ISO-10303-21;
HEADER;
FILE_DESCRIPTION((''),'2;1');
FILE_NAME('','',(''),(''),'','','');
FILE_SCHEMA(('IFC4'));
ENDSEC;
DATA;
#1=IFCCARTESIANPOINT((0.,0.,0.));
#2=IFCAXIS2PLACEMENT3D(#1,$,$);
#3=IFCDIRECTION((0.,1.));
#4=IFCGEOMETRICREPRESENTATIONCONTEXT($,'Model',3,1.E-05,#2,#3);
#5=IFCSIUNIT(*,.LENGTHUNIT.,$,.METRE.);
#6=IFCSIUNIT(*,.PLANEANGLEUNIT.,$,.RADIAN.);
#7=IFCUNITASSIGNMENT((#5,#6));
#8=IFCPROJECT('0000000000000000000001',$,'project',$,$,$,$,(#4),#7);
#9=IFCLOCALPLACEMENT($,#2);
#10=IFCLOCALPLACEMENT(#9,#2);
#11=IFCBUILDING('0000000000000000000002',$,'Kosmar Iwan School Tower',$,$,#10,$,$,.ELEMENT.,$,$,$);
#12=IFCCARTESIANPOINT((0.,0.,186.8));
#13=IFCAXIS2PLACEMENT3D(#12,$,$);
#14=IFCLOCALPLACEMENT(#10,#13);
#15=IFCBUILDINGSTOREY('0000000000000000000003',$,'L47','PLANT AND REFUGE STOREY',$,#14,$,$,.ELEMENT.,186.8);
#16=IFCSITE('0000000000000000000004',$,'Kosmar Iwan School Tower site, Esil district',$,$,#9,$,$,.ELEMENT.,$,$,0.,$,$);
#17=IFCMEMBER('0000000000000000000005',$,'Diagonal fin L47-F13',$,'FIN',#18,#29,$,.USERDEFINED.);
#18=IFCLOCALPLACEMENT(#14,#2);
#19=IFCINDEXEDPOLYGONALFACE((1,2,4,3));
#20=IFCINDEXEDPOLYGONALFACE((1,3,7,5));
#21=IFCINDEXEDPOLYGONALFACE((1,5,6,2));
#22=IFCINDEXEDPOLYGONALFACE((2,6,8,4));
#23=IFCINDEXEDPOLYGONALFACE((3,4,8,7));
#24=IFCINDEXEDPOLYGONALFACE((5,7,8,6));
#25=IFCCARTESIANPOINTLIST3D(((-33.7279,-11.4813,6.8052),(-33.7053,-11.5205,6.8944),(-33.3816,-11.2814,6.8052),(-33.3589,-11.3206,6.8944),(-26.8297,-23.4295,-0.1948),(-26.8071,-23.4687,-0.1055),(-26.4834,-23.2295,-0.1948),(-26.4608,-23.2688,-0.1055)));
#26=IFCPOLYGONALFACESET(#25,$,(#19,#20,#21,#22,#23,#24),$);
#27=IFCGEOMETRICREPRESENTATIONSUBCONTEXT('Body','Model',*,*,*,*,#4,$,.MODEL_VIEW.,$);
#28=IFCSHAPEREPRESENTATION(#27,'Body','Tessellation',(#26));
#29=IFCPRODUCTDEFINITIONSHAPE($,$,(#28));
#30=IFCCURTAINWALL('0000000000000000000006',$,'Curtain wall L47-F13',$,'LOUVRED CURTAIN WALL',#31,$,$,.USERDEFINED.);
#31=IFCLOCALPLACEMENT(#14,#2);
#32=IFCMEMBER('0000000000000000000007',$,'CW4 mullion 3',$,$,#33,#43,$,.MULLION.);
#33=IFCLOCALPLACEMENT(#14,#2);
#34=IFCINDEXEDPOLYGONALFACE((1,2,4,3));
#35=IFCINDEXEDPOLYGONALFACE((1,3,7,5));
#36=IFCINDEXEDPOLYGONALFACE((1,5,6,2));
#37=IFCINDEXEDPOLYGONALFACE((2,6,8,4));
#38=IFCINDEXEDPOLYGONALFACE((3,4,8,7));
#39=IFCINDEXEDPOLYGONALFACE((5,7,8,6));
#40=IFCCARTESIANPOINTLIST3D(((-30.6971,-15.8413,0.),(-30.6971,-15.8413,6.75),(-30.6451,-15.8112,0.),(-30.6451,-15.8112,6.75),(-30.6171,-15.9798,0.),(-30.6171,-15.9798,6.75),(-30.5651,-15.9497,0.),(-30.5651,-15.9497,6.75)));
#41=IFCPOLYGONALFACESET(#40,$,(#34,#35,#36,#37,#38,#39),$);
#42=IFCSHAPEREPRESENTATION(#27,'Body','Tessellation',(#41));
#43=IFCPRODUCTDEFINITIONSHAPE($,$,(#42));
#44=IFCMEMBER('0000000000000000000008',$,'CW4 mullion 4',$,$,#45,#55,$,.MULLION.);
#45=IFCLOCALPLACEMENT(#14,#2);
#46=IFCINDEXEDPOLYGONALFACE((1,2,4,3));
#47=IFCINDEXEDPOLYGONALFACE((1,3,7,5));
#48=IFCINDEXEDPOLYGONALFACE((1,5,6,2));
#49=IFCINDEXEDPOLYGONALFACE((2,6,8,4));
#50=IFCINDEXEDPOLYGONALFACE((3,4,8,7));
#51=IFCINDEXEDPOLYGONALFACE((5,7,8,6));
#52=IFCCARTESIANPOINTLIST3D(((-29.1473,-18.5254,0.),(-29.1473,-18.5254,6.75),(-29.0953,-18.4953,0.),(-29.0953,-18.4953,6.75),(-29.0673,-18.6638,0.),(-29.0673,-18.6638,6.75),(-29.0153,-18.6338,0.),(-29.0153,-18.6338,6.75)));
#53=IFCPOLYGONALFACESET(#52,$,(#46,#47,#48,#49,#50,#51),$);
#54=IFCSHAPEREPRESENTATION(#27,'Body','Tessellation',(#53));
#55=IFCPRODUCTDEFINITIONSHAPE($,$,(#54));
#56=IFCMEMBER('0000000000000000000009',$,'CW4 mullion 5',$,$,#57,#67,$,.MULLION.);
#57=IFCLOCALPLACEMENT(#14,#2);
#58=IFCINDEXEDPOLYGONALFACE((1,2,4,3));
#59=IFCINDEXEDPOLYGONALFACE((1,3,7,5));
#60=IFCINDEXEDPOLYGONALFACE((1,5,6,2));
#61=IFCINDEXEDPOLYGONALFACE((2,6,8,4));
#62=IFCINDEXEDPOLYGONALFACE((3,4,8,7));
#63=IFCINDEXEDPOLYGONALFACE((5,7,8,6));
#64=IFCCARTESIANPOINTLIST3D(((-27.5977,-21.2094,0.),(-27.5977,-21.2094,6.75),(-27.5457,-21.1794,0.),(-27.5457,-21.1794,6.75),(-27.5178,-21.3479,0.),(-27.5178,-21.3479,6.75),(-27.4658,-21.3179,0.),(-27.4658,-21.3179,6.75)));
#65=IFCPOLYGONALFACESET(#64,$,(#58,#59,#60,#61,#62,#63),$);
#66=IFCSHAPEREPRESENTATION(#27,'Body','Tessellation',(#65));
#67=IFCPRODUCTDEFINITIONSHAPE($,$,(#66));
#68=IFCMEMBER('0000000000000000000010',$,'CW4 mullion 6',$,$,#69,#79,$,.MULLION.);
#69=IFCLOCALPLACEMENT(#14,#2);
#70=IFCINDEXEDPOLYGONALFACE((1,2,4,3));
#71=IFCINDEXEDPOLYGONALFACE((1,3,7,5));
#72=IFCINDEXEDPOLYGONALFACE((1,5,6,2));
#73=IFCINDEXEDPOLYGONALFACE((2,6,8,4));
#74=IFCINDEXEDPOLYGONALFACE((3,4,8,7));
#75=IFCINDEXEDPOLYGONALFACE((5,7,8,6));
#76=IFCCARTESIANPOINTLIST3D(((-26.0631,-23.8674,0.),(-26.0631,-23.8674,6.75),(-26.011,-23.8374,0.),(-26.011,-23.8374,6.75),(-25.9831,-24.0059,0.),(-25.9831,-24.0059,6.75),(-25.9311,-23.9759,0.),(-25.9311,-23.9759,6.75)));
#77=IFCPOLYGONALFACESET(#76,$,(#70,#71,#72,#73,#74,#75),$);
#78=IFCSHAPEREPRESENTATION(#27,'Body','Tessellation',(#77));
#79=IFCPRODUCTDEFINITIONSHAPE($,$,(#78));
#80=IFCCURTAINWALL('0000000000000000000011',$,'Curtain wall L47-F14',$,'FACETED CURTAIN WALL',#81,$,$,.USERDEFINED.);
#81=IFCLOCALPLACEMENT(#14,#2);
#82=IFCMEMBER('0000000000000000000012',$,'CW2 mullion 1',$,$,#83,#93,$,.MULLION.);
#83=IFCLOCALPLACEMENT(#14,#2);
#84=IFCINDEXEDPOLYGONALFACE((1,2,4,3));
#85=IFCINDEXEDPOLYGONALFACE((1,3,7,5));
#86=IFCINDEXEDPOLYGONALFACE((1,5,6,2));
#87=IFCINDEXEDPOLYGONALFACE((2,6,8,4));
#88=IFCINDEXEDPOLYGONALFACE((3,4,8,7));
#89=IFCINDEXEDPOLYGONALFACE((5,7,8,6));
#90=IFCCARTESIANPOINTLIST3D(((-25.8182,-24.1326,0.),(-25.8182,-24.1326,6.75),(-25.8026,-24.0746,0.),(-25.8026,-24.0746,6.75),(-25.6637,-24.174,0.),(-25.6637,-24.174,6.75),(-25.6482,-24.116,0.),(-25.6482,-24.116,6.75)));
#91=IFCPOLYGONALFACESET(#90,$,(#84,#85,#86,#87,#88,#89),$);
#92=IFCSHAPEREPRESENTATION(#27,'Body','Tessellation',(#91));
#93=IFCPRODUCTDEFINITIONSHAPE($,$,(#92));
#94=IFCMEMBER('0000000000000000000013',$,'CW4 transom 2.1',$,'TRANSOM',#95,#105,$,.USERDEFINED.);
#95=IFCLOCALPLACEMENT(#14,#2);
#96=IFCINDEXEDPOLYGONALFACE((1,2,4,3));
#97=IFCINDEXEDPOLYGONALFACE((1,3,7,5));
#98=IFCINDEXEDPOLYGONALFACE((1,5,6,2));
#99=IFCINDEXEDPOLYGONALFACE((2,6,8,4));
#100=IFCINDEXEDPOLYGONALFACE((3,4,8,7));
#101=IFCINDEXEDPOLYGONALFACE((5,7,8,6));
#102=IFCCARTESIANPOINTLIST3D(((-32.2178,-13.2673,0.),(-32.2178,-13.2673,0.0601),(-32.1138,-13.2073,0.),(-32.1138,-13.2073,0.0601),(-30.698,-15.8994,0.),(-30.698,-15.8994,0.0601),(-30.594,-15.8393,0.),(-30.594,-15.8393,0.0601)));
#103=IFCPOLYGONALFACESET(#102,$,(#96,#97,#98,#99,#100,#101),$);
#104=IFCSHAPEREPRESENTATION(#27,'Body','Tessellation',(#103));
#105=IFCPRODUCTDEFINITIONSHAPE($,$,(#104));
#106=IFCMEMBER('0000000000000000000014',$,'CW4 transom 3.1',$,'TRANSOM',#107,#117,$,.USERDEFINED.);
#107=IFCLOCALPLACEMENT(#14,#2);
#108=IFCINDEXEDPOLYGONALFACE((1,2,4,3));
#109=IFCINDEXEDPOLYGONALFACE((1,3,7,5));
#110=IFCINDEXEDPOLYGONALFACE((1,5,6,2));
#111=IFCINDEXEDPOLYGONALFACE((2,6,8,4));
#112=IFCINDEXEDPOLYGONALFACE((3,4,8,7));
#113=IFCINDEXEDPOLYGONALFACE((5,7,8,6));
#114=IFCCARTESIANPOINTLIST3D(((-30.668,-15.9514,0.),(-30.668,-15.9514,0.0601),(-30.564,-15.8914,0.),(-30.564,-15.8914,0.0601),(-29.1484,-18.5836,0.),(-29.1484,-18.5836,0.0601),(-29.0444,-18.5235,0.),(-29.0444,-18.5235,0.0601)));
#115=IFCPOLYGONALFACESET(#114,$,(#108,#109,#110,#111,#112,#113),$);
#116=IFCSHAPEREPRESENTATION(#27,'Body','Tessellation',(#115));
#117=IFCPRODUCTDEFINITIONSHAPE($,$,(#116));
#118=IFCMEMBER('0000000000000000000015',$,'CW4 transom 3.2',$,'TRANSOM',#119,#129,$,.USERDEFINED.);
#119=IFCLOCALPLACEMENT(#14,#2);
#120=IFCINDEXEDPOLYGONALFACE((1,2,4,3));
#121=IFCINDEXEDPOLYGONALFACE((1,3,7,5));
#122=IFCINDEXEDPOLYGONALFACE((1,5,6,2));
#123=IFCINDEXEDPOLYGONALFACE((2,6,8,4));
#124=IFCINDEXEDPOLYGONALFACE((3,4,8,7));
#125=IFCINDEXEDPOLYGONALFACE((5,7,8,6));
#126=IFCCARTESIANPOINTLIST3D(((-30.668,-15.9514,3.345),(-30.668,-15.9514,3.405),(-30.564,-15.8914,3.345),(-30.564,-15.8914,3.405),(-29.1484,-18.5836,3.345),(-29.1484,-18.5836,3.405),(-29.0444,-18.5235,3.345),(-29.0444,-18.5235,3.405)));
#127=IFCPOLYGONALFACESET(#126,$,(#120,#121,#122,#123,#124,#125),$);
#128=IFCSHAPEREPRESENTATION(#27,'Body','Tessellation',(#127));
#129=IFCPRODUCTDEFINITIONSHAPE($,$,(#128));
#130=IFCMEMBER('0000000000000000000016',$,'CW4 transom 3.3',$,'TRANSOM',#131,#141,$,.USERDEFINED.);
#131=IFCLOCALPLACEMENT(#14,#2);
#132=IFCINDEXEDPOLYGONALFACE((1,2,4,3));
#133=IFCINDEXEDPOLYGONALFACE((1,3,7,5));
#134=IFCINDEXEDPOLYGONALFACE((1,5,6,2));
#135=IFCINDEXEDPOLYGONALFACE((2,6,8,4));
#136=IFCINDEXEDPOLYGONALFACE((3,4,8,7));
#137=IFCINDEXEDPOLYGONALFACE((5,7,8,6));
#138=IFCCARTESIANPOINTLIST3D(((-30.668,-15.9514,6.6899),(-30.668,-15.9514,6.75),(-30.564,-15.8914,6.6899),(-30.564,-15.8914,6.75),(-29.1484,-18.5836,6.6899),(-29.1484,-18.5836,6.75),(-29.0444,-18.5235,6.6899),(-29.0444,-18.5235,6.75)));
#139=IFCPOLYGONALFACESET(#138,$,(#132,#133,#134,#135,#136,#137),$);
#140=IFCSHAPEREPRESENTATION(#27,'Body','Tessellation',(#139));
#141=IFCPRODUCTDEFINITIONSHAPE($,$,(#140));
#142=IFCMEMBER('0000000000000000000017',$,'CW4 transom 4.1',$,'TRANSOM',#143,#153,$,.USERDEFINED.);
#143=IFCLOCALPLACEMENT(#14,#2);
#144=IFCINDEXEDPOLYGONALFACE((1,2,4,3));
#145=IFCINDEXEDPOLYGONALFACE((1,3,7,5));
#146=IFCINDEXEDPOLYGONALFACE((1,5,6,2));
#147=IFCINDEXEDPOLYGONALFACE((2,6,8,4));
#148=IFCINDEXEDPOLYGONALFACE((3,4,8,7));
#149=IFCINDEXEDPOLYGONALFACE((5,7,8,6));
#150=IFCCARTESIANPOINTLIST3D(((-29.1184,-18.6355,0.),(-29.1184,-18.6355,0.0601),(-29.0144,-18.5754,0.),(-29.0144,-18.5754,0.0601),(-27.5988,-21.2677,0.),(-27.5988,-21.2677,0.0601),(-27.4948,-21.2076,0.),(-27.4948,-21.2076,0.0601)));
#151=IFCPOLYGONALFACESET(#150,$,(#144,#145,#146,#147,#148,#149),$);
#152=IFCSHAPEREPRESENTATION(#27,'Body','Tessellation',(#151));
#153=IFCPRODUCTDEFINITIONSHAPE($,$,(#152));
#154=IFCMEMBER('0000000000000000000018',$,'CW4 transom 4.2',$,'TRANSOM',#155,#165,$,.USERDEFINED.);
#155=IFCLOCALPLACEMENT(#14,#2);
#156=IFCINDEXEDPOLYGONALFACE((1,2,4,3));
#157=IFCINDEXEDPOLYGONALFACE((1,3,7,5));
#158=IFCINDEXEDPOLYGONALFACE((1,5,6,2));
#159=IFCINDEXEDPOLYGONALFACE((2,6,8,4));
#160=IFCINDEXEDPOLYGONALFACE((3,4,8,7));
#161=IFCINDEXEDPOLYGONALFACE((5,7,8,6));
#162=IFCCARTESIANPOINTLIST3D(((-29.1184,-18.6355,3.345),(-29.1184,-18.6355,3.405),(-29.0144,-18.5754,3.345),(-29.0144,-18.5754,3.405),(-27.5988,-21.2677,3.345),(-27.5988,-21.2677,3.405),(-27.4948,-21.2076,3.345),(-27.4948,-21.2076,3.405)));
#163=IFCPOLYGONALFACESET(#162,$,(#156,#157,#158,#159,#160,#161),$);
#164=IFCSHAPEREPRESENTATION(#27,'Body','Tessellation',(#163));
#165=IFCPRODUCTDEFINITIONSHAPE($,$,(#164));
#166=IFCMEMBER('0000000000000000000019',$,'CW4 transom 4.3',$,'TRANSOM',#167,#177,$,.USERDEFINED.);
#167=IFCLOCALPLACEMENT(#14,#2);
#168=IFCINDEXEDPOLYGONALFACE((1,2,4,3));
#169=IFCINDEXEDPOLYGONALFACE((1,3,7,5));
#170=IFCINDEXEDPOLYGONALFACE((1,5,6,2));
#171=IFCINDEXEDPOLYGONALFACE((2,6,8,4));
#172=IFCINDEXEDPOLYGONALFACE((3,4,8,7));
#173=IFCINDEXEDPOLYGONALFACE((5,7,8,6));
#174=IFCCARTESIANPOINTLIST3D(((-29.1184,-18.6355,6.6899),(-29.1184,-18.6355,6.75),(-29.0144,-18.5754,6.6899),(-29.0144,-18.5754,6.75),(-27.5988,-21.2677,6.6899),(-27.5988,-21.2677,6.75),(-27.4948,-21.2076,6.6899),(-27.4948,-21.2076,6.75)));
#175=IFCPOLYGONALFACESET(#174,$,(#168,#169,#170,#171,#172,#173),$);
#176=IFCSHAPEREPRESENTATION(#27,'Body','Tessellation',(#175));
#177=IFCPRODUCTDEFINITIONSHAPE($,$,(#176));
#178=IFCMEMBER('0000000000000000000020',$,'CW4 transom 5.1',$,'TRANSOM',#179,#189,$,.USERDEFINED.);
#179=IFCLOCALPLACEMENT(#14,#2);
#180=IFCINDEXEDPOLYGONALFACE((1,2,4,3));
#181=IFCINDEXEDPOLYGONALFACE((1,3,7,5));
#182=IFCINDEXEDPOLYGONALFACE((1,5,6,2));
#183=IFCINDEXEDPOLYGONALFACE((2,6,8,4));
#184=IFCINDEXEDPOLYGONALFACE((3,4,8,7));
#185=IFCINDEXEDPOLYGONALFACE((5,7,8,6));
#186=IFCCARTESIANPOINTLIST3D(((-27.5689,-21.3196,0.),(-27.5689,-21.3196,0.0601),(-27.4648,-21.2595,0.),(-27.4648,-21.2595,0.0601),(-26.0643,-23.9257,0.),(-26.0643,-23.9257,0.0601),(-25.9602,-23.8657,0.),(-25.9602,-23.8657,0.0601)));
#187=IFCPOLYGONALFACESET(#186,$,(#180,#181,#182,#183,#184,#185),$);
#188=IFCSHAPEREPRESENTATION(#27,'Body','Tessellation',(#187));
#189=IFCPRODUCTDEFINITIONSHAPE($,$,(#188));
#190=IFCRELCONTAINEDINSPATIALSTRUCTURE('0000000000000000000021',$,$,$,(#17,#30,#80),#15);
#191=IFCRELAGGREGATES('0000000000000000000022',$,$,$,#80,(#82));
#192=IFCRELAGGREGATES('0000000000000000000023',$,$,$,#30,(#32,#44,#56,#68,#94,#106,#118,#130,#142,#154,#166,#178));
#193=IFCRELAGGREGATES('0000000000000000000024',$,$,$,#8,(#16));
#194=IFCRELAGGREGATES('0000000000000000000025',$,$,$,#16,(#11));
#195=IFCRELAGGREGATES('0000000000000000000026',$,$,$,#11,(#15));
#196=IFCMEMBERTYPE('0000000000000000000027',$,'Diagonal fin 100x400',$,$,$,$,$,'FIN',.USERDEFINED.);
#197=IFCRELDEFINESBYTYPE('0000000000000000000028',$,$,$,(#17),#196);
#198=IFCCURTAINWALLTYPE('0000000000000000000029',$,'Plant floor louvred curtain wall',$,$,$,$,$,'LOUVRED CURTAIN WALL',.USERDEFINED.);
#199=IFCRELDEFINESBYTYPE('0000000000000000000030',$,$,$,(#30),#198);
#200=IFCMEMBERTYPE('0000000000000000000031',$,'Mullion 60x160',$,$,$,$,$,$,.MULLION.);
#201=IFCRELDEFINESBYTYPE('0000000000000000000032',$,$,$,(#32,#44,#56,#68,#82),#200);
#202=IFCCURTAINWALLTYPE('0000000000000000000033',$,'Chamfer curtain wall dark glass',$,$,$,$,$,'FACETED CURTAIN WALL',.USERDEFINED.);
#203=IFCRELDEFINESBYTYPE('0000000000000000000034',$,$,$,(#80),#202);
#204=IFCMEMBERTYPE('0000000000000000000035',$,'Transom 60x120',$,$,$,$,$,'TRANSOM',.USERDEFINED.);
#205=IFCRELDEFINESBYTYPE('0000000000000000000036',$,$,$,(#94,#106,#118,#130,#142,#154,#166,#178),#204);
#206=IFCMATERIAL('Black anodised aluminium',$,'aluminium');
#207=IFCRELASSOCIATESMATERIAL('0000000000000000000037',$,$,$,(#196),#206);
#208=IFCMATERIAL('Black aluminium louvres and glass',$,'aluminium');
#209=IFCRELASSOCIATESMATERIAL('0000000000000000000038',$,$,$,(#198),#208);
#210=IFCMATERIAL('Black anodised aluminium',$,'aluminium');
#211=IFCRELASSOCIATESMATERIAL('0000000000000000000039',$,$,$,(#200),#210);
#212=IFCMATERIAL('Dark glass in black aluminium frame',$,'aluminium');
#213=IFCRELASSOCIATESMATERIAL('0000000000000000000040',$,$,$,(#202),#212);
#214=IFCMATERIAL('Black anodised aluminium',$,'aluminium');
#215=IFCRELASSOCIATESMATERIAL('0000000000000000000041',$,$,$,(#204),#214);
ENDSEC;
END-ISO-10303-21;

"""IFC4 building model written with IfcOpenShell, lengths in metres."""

from ifc_helpers import new_model, si_unit, direction, frame, origin, origin_2d, place, context, subcontext, project, spatial, rectangle, extrude, material, material_profile, profile_set, type_object, element, aggregate, save


model = new_model("IFC4")

# Units and contexts
model_context = context("Model", 3, precision=1e-05, world=origin(), true_north=direction((0.0, 1.0)))
body_context = subcontext(model_context, "Body", "Model", "MODEL_VIEW")
ifc_project = project(units=[si_unit("LENGTHUNIT", "METRE"), si_unit("PLANEANGLEUNIT", "RADIAN")], contexts=[model_context])

# Site, building, storey
site_placement = place(None, origin())
site = spatial("IfcSite", under=ifc_project, at=site_placement, Name="Kosmar Iwan School Tower site, Esil district", CompositionType="ELEMENT", RefElevation=0.0)
building_placement = place(site_placement, origin())
building = spatial("IfcBuilding", under=site, at=building_placement, Name="Kosmar Iwan School Tower", CompositionType="ELEMENT")
storey_placement = place(building_placement, frame((0.0, 0.0, 186.8)))
storey = spatial("IfcBuildingStorey", under=building, at=storey_placement, Name="L47", Description="PLANT AND REFUGE STOREY", CompositionType="ELEMENT", Elevation=186.8)

# Member
ifc_material_1 = material(Name="Black anodised aluminium", Category="aluminium")
ifc_material_profile_1 = material_profile(ifc_material_1, rectangle(XDim=0.1001, YDim=0.3999, at=origin_2d()), Name="FIN 100x400")
ifc_profile_set_1 = profile_set([ifc_material_profile_1], Name="Black anodised aluminium")
member_type_1 = type_object("IfcMemberType", Name="Diagonal fin 100x400", ElementType="FIN", PredefinedType="USERDEFINED", material=ifc_profile_set_1)
member_1_placement = place(storey_placement, frame((-26.6453, -23.3491, -0.1501), z_axis=(-0.445885, 0.772309, 0.452465), x_axis=(0.22623, -0.391848, 0.891782)))
element("IfcMember", 1, at=member_1_placement, inside=storey, type_object=member_type_1, Name="Diagonal fin L47-F13", ObjectType="FIN", PredefinedType="USERDEFINED", context=body_context, shape_type="SweptSolid", body=[
    extrude(rectangle(XDim=0.1001, YDim=0.3999, at=origin_2d()), origin(), (0.0, 0.0, 1.0), 15.4707),
])

# Curtain wall, members
ifc_material_2 = material(Name="Black aluminium louvres and glass", Category="aluminium")
curtain_wall_type_1 = type_object("IfcCurtainWallType", Name="Plant floor louvred curtain wall", ElementType="LOUVRED CURTAIN WALL", PredefinedType="USERDEFINED", material=ifc_material_2)
curtain_wall_1_placement = place(storey_placement, origin())
curtain_wall_1 = element("IfcCurtainWall", 2, at=curtain_wall_1_placement, inside=storey, type_object=curtain_wall_type_1, Name="Curtain wall L47-F13", ObjectType="LOUVRED CURTAIN WALL", PredefinedType="USERDEFINED")
ifc_material_3 = material(Name="Black anodised aluminium", Category="aluminium")
ifc_material_profile_2 = material_profile(ifc_material_3, rectangle(XDim=0.0601, YDim=0.1599, at=origin_2d()), Name="MULLION 60x160")
ifc_profile_set_2 = profile_set([ifc_material_profile_2], Name="Black anodised aluminium")
member_type_2 = type_object("IfcMemberType", Name="Mullion 60x160", PredefinedType="MULLION", material=ifc_profile_set_2)
member_2_placement = place(storey_placement, frame((-30.6311, -15.8955, 0.0), z_axis=(0.0, 0.0, 1.0), x_axis=(0.866025, 0.5, 0.0)))
member_2 = element("IfcMember", 3, at=member_2_placement, type_object=member_type_2, Name="CW4 mullion 3", PredefinedType="MULLION", context=body_context, shape_type="SweptSolid", body=[
    extrude(rectangle(XDim=0.0601, YDim=0.1599, at=origin_2d()), origin(), (0.0, 0.0, 1.0), 6.75),
])
member_3_placement = place(storey_placement, frame((-29.0813, -18.5796, 0.0), z_axis=(0.0, 0.0, 1.0), x_axis=(0.866025, 0.5, 0.0)))
member_3 = element("IfcMember", 4, at=member_3_placement, type_object=member_type_2, Name="CW4 mullion 4", PredefinedType="MULLION", context=body_context, shape_type="SweptSolid", body=[
    extrude(rectangle(XDim=0.0601, YDim=0.1599, at=origin_2d()), origin(), (0.0, 0.0, 1.0), 6.75),
])
member_4_placement = place(storey_placement, frame((-27.5317, -21.2637, 0.0), z_axis=(0.0, 0.0, 1.0), x_axis=(0.866025, 0.5, 0.0)))
member_4 = element("IfcMember", 5, at=member_4_placement, type_object=member_type_2, Name="CW4 mullion 5", PredefinedType="MULLION", context=body_context, shape_type="SweptSolid", body=[
    extrude(rectangle(XDim=0.0601, YDim=0.1599, at=origin_2d()), origin(), (0.0, 0.0, 1.0), 6.75),
])
member_5_placement = place(storey_placement, frame((-25.9971, -23.9216, 0.0), z_axis=(0.0, 0.0, 1.0), x_axis=(0.866025, 0.5, 0.0)))
member_5 = element("IfcMember", 6, at=member_5_placement, type_object=member_type_2, Name="CW4 mullion 6", PredefinedType="MULLION", context=body_context, shape_type="SweptSolid", body=[
    extrude(rectangle(XDim=0.0601, YDim=0.1599, at=origin_2d()), origin(), (0.0, 0.0, 1.0), 6.75),
])

# Curtain wall, member
ifc_material_4 = material(Name="Dark glass in black aluminium frame", Category="aluminium")
curtain_wall_type_2 = type_object("IfcCurtainWallType", Name="Chamfer curtain wall dark glass", ElementType="FACETED CURTAIN WALL", PredefinedType="USERDEFINED", material=ifc_material_4)
curtain_wall_2_placement = place(storey_placement, origin())
curtain_wall_2 = element("IfcCurtainWall", 7, at=curtain_wall_2_placement, inside=storey, type_object=curtain_wall_type_2, Name="Curtain wall L47-F14", ObjectType="FACETED CURTAIN WALL", PredefinedType="USERDEFINED")
member_6_placement = place(storey_placement, frame((-25.7332, -24.1243, 0.0), z_axis=(0.0, 0.0, 1.0), x_axis=(0.258819, 0.965926, 0.0)))
member_6 = element("IfcMember", 8, at=member_6_placement, type_object=member_type_2, Name="CW2 mullion 1", PredefinedType="MULLION", context=body_context, shape_type="SweptSolid", body=[
    extrude(rectangle(XDim=0.0601, YDim=0.1599, at=origin_2d()), origin(), (0.0, 0.0, 1.0), 6.75),
])
aggregate(curtain_wall_2, [member_6])

# Members
ifc_material_5 = material(Name="Black anodised aluminium", Category="aluminium")
ifc_material_profile_3 = material_profile(ifc_material_5, rectangle(XDim=0.1201, YDim=0.0601, at=origin_2d()), Name="TRANSOM 60x120")
ifc_profile_set_3 = profile_set([ifc_material_profile_3], Name="Black anodised aluminium")
member_type_3 = type_object("IfcMemberType", Name="Transom 60x120", ElementType="TRANSOM", PredefinedType="USERDEFINED", material=ifc_profile_set_3)
member_7_placement = place(storey_placement, frame((-32.1658, -13.2373, 0.03), z_axis=(0.500035, -0.866005, 0.0), x_axis=(0.866005, 0.500035, 0.0)))
member_7 = element("IfcMember", 9, at=member_7_placement, type_object=member_type_3, Name="CW4 transom 2.1", ObjectType="TRANSOM", PredefinedType="USERDEFINED", context=body_context, shape_type="SweptSolid", body=[
    extrude(rectangle(XDim=0.1201, YDim=0.0601, at=origin_2d()), origin(), (0.0, 0.0, 1.0), 3.0393),
])
member_8_placement = place(storey_placement, frame((-30.616, -15.9214, 0.03), z_axis=(0.499975, -0.86604, 0.0), x_axis=(0.86604, 0.499975, 0.0)))
member_8 = element("IfcMember", 10, at=member_8_placement, type_object=member_type_3, Name="CW4 transom 3.1", ObjectType="TRANSOM", PredefinedType="USERDEFINED", context=body_context, shape_type="SweptSolid", body=[
    extrude(rectangle(XDim=0.1201, YDim=0.0601, at=origin_2d()), origin(), (0.0, 0.0, 1.0), 3.0393),
])
member_9_placement = place(storey_placement, frame((-30.616, -15.9214, 3.375), z_axis=(0.499975, -0.86604, 0.0), x_axis=(0.86604, 0.499975, 0.0)))
member_9 = element("IfcMember", 11, at=member_9_placement, type_object=member_type_3, Name="CW4 transom 3.2", ObjectType="TRANSOM", PredefinedType="USERDEFINED", context=body_context, shape_type="SweptSolid", body=[
    extrude(rectangle(XDim=0.1201, YDim=0.0601, at=origin_2d()), origin(), (0.0, 0.0, 1.0), 3.0393),
])
member_10_placement = place(storey_placement, frame((-30.616, -15.9214, 6.72), z_axis=(0.499975, -0.86604, 0.0), x_axis=(0.86604, 0.499975, 0.0)))
member_10 = element("IfcMember", 12, at=member_10_placement, type_object=member_type_3, Name="CW4 transom 3.3", ObjectType="TRANSOM", PredefinedType="USERDEFINED", context=body_context, shape_type="SweptSolid", body=[
    extrude(rectangle(XDim=0.1201, YDim=0.0601, at=origin_2d()), origin(), (0.0, 0.0, 1.0), 3.0393),
])
member_11_placement = place(storey_placement, frame((-29.0664, -18.6055, 0.03), z_axis=(0.499975, -0.86604, 0.0), x_axis=(0.86604, 0.499975, 0.0)))
member_11 = element("IfcMember", 13, at=member_11_placement, type_object=member_type_3, Name="CW4 transom 4.1", ObjectType="TRANSOM", PredefinedType="USERDEFINED", context=body_context, shape_type="SweptSolid", body=[
    extrude(rectangle(XDim=0.1201, YDim=0.0601, at=origin_2d()), origin(), (0.0, 0.0, 1.0), 3.0393),
])
member_12_placement = place(storey_placement, frame((-29.0664, -18.6055, 3.375), z_axis=(0.499975, -0.86604, 0.0), x_axis=(0.86604, 0.499975, 0.0)))
member_12 = element("IfcMember", 14, at=member_12_placement, type_object=member_type_3, Name="CW4 transom 4.2", ObjectType="TRANSOM", PredefinedType="USERDEFINED", context=body_context, shape_type="SweptSolid", body=[
    extrude(rectangle(XDim=0.1201, YDim=0.0601, at=origin_2d()), origin(), (0.0, 0.0, 1.0), 3.0393),
])
member_13_placement = place(storey_placement, frame((-29.0664, -18.6055, 6.72), z_axis=(0.499975, -0.86604, 0.0), x_axis=(0.86604, 0.499975, 0.0)))
member_13 = element("IfcMember", 15, at=member_13_placement, type_object=member_type_3, Name="CW4 transom 4.3", ObjectType="TRANSOM", PredefinedType="USERDEFINED", context=body_context, shape_type="SweptSolid", body=[
    extrude(rectangle(XDim=0.1201, YDim=0.0601, at=origin_2d()), origin(), (0.0, 0.0, 1.0), 3.0393),
])
member_14_placement = place(storey_placement, frame((-27.5168, -21.2896, 0.03), z_axis=(0.499987, -0.866033, 0.0), x_axis=(0.866033, 0.499987, 0.0)))
member_14 = element("IfcMember", 16, at=member_14_placement, type_object=member_type_3, Name="CW4 transom 5.1", ObjectType="TRANSOM", PredefinedType="USERDEFINED", context=body_context, shape_type="SweptSolid", body=[
    extrude(rectangle(XDim=0.1201, YDim=0.0601, at=origin_2d()), origin(), (0.0, 0.0, 1.0), 3.0093),
])

aggregate(curtain_wall_1, [member_2, member_3, member_4, member_5, member_7, member_8, member_9, member_10, member_11, member_12, member_13, member_14])

save(model, "model.ifc")
